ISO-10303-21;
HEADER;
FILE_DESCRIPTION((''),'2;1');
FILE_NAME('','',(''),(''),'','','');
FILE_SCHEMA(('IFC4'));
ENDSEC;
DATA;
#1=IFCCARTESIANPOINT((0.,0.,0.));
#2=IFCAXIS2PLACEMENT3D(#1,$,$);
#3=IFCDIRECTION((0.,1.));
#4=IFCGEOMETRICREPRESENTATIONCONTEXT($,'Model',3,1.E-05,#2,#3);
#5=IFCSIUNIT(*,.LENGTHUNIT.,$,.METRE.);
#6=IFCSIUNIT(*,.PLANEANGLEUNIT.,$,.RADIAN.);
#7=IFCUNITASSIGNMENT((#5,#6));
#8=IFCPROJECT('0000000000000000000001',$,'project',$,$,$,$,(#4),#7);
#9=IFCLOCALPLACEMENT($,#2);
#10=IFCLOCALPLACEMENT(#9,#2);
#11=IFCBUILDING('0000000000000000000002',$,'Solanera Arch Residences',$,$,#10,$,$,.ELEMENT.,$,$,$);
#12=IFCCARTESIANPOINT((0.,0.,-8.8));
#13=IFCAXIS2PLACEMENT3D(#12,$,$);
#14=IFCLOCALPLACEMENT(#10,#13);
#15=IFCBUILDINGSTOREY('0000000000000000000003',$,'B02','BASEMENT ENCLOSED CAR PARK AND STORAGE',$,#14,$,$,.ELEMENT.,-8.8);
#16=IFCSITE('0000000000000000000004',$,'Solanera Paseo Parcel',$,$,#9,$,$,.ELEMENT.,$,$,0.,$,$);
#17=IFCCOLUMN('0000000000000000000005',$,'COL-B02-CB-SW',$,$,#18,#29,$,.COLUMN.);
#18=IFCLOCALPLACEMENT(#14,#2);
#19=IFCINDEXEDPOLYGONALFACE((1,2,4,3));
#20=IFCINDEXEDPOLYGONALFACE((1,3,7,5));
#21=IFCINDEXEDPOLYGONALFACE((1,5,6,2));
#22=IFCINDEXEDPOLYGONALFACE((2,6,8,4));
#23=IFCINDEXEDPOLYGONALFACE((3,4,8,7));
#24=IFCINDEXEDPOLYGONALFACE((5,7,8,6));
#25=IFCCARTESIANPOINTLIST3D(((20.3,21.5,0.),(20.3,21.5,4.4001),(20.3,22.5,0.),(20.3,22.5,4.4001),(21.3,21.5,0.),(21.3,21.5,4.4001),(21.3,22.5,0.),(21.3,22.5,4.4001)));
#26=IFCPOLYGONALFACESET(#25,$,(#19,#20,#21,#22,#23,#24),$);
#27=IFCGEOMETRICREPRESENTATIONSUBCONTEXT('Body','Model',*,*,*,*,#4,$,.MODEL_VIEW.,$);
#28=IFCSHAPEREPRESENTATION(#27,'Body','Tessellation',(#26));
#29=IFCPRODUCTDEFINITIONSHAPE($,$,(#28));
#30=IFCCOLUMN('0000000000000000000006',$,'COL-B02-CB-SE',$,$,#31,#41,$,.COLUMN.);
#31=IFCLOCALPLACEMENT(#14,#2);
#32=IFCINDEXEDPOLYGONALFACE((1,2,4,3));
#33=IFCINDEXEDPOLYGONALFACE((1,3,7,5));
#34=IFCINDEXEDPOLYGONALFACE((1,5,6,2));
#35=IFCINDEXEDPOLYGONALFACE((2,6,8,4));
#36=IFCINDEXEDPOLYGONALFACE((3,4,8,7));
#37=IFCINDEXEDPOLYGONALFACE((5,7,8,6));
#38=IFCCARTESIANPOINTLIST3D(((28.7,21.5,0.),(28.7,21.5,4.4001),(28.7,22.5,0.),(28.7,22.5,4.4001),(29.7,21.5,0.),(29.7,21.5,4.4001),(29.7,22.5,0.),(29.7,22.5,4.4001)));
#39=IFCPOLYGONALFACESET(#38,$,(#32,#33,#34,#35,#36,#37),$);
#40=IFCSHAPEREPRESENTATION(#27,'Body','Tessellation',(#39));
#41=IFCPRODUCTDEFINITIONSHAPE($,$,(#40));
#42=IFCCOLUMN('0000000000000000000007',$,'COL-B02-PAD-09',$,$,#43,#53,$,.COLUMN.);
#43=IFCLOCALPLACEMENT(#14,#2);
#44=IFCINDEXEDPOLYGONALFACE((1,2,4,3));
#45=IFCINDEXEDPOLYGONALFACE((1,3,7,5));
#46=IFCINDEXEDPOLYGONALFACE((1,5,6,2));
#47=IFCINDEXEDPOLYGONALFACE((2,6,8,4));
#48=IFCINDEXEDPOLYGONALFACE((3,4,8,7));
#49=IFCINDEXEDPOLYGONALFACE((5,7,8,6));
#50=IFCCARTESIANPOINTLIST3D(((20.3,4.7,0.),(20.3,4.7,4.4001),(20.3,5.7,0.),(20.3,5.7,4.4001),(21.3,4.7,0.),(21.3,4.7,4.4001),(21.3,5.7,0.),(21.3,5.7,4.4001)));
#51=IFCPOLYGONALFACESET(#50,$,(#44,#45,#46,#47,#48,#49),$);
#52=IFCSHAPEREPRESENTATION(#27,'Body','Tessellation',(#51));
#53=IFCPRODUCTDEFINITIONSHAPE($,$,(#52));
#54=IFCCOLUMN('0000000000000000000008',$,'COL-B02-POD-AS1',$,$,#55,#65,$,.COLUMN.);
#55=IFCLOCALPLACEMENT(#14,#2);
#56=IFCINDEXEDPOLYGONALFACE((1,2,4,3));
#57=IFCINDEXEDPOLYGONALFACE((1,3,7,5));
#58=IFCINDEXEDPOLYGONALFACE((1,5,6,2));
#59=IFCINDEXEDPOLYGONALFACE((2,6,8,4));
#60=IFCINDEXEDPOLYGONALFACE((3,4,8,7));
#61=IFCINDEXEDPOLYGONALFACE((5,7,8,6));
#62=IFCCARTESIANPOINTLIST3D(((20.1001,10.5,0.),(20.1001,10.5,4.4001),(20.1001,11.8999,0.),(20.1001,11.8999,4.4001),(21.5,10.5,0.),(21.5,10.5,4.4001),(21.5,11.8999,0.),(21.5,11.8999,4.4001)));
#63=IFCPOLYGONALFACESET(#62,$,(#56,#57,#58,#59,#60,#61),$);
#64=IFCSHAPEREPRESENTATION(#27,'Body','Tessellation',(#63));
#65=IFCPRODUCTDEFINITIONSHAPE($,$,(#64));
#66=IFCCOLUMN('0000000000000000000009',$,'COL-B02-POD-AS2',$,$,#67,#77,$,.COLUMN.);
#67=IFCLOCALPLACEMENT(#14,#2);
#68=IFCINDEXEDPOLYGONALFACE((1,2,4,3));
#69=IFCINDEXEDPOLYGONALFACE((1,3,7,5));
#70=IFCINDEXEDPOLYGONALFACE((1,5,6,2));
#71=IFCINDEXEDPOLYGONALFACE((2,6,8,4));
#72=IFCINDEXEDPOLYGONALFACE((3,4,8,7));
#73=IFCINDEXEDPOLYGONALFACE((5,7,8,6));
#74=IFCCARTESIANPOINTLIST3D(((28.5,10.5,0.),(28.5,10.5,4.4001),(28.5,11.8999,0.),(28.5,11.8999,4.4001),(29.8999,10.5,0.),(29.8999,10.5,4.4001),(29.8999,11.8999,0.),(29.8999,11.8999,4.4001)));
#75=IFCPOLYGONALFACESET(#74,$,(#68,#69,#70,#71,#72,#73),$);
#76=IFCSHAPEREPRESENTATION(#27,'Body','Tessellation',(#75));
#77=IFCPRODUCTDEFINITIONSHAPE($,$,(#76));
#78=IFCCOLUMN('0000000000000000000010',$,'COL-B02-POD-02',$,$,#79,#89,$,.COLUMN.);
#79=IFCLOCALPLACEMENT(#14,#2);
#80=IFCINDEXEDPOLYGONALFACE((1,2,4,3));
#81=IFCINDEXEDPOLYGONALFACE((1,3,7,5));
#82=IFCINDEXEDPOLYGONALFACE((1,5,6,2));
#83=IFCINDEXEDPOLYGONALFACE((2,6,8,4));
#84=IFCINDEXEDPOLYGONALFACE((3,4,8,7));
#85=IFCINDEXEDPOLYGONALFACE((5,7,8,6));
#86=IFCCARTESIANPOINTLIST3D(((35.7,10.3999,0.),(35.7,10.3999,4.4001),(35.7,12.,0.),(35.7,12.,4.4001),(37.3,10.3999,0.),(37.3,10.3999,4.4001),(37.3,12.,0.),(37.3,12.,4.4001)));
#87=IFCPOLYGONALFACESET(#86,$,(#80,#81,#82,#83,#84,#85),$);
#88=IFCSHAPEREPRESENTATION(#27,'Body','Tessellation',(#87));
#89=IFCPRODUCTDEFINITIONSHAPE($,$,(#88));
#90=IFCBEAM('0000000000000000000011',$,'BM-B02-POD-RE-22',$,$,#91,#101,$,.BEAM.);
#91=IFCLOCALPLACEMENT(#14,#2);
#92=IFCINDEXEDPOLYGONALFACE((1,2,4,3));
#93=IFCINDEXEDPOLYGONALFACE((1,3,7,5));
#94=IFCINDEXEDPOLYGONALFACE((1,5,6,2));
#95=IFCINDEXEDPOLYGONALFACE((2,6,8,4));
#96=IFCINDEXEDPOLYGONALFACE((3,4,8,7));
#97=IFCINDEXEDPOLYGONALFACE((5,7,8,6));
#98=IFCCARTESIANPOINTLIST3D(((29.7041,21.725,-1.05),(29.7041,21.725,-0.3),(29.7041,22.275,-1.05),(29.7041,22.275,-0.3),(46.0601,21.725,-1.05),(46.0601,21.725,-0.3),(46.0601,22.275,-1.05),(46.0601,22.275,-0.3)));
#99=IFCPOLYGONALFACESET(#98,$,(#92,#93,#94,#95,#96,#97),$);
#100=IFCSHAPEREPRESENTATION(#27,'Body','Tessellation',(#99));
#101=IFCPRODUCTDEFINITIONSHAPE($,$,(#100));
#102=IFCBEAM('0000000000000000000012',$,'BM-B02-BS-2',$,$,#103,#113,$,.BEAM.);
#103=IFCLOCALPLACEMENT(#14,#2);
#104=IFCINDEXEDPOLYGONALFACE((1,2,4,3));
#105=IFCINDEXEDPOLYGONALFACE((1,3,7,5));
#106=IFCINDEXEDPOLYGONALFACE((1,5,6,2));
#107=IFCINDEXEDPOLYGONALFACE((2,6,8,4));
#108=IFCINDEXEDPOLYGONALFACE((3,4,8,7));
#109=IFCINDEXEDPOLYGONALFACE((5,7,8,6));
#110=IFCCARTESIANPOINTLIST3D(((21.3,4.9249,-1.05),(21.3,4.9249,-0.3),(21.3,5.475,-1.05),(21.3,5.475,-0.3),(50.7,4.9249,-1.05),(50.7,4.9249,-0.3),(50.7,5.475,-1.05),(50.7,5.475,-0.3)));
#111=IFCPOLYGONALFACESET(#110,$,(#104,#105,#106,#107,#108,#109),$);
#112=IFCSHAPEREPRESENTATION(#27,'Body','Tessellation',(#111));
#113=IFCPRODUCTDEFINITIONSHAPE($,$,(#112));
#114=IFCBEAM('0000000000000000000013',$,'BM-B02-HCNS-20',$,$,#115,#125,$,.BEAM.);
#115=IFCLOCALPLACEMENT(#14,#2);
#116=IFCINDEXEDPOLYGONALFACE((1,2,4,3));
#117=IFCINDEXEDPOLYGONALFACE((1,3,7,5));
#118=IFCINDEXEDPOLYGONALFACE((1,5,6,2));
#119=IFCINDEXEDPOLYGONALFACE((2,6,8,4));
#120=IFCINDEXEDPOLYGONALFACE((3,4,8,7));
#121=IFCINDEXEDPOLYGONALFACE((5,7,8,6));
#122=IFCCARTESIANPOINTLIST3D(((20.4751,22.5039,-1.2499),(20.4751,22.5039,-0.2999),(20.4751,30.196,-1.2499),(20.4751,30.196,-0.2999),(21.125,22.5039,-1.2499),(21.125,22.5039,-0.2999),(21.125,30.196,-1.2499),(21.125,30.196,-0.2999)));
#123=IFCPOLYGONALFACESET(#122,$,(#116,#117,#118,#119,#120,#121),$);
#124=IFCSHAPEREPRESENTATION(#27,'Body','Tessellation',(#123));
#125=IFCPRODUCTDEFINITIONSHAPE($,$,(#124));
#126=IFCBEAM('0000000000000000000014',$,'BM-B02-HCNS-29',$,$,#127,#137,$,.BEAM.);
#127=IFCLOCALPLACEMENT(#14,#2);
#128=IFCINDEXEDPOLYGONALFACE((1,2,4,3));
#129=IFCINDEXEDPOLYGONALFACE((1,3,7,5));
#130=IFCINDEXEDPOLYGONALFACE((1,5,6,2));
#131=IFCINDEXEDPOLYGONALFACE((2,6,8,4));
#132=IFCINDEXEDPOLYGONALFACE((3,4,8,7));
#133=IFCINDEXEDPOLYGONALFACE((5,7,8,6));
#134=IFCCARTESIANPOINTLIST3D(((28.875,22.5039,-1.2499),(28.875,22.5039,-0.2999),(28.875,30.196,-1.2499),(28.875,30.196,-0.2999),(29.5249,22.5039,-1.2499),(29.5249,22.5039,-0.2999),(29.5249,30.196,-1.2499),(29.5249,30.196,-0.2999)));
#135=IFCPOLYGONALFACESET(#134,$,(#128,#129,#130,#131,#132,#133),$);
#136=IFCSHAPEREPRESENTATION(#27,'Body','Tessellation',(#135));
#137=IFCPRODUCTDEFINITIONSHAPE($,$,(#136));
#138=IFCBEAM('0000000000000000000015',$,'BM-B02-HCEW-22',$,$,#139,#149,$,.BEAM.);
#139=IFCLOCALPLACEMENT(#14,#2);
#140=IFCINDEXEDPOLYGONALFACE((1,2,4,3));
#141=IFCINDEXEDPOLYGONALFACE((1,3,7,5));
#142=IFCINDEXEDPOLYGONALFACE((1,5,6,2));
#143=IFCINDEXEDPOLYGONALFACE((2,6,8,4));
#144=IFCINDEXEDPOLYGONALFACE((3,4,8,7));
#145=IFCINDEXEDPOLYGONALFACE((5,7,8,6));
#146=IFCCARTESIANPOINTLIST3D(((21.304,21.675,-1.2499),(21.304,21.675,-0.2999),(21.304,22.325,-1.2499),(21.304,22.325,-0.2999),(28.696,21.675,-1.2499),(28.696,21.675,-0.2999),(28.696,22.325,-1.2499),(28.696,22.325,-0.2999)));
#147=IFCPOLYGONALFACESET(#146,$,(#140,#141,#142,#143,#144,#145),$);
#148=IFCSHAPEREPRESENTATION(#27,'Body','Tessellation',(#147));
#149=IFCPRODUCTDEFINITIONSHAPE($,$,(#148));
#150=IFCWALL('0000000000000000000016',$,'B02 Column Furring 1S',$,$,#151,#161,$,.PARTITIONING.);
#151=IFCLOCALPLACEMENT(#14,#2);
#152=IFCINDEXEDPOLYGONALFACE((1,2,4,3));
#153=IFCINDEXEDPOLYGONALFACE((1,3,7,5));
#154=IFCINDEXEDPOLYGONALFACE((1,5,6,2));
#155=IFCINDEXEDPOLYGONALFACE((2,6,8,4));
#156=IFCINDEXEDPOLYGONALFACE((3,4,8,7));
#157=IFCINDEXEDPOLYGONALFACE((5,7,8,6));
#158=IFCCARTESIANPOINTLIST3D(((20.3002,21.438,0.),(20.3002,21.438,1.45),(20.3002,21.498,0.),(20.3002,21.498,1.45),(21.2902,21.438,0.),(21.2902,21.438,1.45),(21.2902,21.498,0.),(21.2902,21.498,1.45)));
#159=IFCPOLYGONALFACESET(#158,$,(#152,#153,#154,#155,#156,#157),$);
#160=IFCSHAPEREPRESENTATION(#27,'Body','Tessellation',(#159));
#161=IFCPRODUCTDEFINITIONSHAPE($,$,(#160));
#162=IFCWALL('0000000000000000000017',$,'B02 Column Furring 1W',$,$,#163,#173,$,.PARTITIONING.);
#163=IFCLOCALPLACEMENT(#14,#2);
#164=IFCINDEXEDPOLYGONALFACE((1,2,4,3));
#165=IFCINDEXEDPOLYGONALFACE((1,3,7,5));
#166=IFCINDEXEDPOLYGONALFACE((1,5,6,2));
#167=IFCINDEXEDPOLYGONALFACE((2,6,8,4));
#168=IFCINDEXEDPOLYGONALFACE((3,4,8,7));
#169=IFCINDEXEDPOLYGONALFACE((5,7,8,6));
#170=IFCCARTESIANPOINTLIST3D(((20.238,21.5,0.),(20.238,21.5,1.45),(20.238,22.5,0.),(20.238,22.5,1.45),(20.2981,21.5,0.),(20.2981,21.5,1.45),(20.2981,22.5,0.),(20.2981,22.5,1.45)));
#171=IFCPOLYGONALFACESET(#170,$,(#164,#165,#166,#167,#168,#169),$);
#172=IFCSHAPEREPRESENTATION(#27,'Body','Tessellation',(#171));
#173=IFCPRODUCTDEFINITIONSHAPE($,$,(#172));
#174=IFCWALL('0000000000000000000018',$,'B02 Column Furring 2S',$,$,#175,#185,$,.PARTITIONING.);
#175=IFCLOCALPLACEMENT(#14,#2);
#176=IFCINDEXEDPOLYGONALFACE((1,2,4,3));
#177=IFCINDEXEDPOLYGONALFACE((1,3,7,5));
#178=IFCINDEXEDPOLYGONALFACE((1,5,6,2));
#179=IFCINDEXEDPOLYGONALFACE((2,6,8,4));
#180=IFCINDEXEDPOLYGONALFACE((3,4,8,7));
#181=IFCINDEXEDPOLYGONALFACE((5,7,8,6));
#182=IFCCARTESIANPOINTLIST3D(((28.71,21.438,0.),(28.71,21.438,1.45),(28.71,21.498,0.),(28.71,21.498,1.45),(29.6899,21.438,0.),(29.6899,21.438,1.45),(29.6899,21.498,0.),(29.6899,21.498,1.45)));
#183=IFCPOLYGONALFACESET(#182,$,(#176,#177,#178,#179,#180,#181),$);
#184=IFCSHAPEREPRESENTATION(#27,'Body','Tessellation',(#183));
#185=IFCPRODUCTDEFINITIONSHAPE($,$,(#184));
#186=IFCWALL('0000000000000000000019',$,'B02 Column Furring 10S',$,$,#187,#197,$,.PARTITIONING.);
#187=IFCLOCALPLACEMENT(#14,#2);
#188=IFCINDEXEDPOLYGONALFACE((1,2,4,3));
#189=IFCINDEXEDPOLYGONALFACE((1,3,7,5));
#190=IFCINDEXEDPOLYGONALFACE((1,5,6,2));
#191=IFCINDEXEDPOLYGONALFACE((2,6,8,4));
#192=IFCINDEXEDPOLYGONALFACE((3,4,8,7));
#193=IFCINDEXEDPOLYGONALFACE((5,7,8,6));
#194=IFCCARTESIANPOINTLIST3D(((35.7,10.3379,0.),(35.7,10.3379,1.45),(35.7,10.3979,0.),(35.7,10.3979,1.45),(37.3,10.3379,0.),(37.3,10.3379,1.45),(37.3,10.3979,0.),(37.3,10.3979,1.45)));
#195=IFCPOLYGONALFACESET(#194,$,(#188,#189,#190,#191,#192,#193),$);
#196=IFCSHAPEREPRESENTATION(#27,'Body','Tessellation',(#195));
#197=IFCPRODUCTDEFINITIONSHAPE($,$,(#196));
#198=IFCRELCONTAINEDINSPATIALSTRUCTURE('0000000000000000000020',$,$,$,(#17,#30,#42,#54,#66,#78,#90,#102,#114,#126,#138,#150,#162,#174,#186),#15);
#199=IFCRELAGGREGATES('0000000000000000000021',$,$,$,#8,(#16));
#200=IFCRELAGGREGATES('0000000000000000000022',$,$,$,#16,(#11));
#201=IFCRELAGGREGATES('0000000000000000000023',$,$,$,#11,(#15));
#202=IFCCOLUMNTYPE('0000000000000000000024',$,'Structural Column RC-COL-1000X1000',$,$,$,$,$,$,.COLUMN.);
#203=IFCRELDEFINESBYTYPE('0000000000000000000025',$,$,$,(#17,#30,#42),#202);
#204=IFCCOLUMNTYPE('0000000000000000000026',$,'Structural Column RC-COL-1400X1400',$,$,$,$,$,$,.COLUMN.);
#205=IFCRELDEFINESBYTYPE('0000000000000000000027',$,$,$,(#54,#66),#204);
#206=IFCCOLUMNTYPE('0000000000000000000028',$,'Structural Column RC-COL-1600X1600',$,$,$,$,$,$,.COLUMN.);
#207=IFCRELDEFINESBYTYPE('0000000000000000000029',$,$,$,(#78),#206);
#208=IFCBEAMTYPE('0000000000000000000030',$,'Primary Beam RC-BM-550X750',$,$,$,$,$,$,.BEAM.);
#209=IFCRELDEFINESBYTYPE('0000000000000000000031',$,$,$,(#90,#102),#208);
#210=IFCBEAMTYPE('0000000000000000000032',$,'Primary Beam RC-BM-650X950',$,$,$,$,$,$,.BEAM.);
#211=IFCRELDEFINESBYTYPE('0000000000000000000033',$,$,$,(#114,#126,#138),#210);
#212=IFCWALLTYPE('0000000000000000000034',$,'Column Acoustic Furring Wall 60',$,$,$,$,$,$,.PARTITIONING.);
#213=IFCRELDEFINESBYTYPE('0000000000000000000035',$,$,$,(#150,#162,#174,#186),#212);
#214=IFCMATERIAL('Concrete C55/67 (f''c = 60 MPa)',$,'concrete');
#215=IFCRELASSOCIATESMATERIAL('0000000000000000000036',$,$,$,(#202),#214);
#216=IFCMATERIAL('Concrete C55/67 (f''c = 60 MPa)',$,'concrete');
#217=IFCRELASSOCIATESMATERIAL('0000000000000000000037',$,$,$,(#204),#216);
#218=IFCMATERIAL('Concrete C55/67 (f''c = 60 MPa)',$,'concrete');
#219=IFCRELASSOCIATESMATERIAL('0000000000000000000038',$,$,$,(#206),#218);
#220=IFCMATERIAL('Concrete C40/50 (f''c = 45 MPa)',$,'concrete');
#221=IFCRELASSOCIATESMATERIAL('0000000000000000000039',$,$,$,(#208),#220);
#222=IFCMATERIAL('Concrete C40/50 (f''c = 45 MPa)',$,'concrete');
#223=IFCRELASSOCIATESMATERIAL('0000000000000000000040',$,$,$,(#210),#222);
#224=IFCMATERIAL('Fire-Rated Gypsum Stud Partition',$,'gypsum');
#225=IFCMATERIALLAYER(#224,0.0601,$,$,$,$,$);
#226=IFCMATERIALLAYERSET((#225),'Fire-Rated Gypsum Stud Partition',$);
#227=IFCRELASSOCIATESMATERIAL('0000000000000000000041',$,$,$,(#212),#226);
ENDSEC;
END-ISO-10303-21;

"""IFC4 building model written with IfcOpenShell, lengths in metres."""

from ifc_helpers import new_model, si_unit, direction, frame, frame_2d, origin, origin_2d, place, context, subcontext, project, spatial, rectangle, extrude, material, layer, layer_set, material_profile, profile_set, type_object, element, save


model = new_model("IFC4")

# Units and contexts
model_context = context("Model", 3, precision=1e-05, world=origin(), true_north=direction((0.0, 1.0)))
body_context = subcontext(model_context, "Body", "Model", "MODEL_VIEW")
ifc_project = project(units=[si_unit("LENGTHUNIT", "METRE"), si_unit("PLANEANGLEUNIT", "RADIAN")], contexts=[model_context])

# Site, building, storey
site_placement = place(None, origin())
site = spatial("IfcSite", under=ifc_project, at=site_placement, Name="Solanera Paseo Parcel", CompositionType="ELEMENT", RefElevation=0.0)
building_placement = place(site_placement, origin())
building = spatial("IfcBuilding", under=site, at=building_placement, Name="Solanera Arch Residences", CompositionType="ELEMENT")
storey_placement = place(building_placement, frame((0.0, 0.0, -8.8)))
storey = spatial("IfcBuildingStorey", under=building, at=storey_placement, Name="B02", Description="BASEMENT ENCLOSED CAR PARK AND STORAGE", CompositionType="ELEMENT", Elevation=-8.8)

# Columns
ifc_material_1 = material(Name="Concrete C55/67 (f'c = 60 MPa)", Category="concrete")
ifc_material_profile_1 = material_profile(ifc_material_1, rectangle(XDim=1.0, YDim=1.0, at=origin_2d()))
ifc_profile_set_1 = profile_set([ifc_material_profile_1], Name="Concrete C55/67 (f'c = 60 MPa)")
column_type_1 = type_object("IfcColumnType", Name="Structural Column RC-COL-1000X1000", PredefinedType="COLUMN", material=ifc_profile_set_1)
for number, where, z_axis, x_axis, name in (
    (1, (20.8, 22.0, 0.0), (0.0, 0.0, 1.0), (1.0, 0.0, 0.0), "COL-B02-CB-SW"),
    (2, (29.2, 22.0, 0.0), (0.0, 0.0, 1.0), (1.0, 0.0, 0.0), "COL-B02-CB-SE"),
    (3, (20.8, 5.2, 0.0), (0.0, 0.0, 1.0), (1.0, 0.0, 0.0), "COL-B02-PAD-09"),
):
    element("IfcColumn", number, at=place(storey_placement, frame(where, z_axis=z_axis, x_axis=x_axis)), inside=storey, type_object=column_type_1, Name=name, PredefinedType="COLUMN", context=body_context, shape_type="SweptSolid", body=[
        extrude(rectangle(XDim=1.0, YDim=1.0, at=origin_2d()), origin(), (0.0, 0.0, 1.0), 4.4001),
    ])
ifc_material_2 = material(Name="Concrete C55/67 (f'c = 60 MPa)", Category="concrete")
ifc_material_profile_2 = material_profile(ifc_material_2, rectangle(XDim=1.3999, YDim=1.3999, at=origin_2d()))
ifc_profile_set_2 = profile_set([ifc_material_profile_2], Name="Concrete C55/67 (f'c = 60 MPa)")
column_type_2 = type_object("IfcColumnType", Name="Structural Column RC-COL-1400X1400", PredefinedType="COLUMN", material=ifc_profile_set_2)
for number, where, z_axis, x_axis, name in (
    (4, (20.8, 11.2, 0.0), (0.0, 0.0, 1.0), (1.0, 0.0, 0.0), "COL-B02-POD-AS1"),
    (5, (29.2, 11.2, 0.0), (0.0, 0.0, 1.0), (1.0, 0.0, 0.0), "COL-B02-POD-AS2"),
):
    element("IfcColumn", number, at=place(storey_placement, frame(where, z_axis=z_axis, x_axis=x_axis)), inside=storey, type_object=column_type_2, Name=name, PredefinedType="COLUMN", context=body_context, shape_type="SweptSolid", body=[
        extrude(rectangle(XDim=1.3999, YDim=1.3999, at=origin_2d()), origin(), (0.0, 0.0, 1.0), 4.4001),
    ])
ifc_material_3 = material(Name="Concrete C55/67 (f'c = 60 MPa)", Category="concrete")
ifc_material_profile_3 = material_profile(ifc_material_3, rectangle(XDim=1.6001, YDim=1.6001, at=origin_2d()))
ifc_profile_set_3 = profile_set([ifc_material_profile_3], Name="Concrete C55/67 (f'c = 60 MPa)")
column_type_3 = type_object("IfcColumnType", Name="Structural Column RC-COL-1600X1600", PredefinedType="COLUMN", material=ifc_profile_set_3)
column_placement = place(storey_placement, frame((36.5, 11.2, 0.0), z_axis=(0.0, 0.0, 1.0), x_axis=(1.0, 0.0, 0.0)))
element("IfcColumn", 6, at=column_placement, inside=storey, type_object=column_type_3, Name="COL-B02-POD-02", PredefinedType="COLUMN", context=body_context, shape_type="SweptSolid", body=[
    extrude(rectangle(XDim=1.6001, YDim=1.6001, at=origin_2d()), origin(), (0.0, 0.0, 1.0), 4.4001),
])

# Beams
ifc_material_4 = material(Name="Concrete C40/50 (f'c = 45 MPa)", Category="concrete")
ifc_material_profile_4 = material_profile(ifc_material_4, rectangle(XDim=0.55, YDim=0.75, at=origin_2d()))
ifc_profile_set_4 = profile_set([ifc_material_profile_4], Name="Concrete C40/50 (f'c = 45 MPa)")
beam_type_1 = type_object("IfcBeamType", Name="Primary Beam RC-BM-550X750", PredefinedType="BEAM", material=ifc_profile_set_4)
beam_1_placement = place(storey_placement, frame((29.7041, 22.0, -0.675), z_axis=(1.0, 0.0, 0.0), x_axis=(0.0, 1.0, 0.0)))
element("IfcBeam", 7, at=beam_1_placement, inside=storey, type_object=beam_type_1, Name="BM-B02-POD-RE-22", PredefinedType="BEAM", context=body_context, shape_type="SweptSolid", body=[
    extrude(rectangle(XDim=0.55, YDim=0.75, at=origin_2d()), origin(), (0.0, 0.0, 1.0), 16.356),
])
beam_2_placement = place(storey_placement, frame((21.3, 5.2, -0.675), z_axis=(1.0, 0.0, 0.0), x_axis=(0.0, 1.0, 0.0)))
element("IfcBeam", 8, at=beam_2_placement, inside=storey, type_object=beam_type_1, Name="BM-B02-BS-2", PredefinedType="BEAM", context=body_context, shape_type="SweptSolid", body=[
    extrude(rectangle(XDim=0.55, YDim=0.75, at=origin_2d()), origin(), (0.0, 0.0, 1.0), 29.3999),
])
ifc_material_5 = material(Name="Concrete C40/50 (f'c = 45 MPa)", Category="concrete")
ifc_material_profile_5 = material_profile(ifc_material_5, rectangle(XDim=0.6499, YDim=0.95, at=origin_2d()))
ifc_profile_set_5 = profile_set([ifc_material_profile_5], Name="Concrete C40/50 (f'c = 45 MPa)")
beam_type_2 = type_object("IfcBeamType", Name="Primary Beam RC-BM-650X950", PredefinedType="BEAM", material=ifc_profile_set_5)
for number, where, z_axis, x_axis, name in (
    (9, (20.8, 22.5039, -0.7749), (0.0, 1.0, 0.0), (-1.0, 0.0, 0.0), "BM-B02-HCNS-20"),
    (10, (29.2, 22.5039, -0.7749), (0.0, 1.0, 0.0), (-1.0, 0.0, 0.0), "BM-B02-HCNS-29"),
):
    element("IfcBeam", number, at=place(storey_placement, frame(where, z_axis=z_axis, x_axis=x_axis)), inside=storey, type_object=beam_type_2, Name=name, PredefinedType="BEAM", context=body_context, shape_type="SweptSolid", body=[
        extrude(rectangle(XDim=0.6499, YDim=0.95, at=origin_2d()), origin(), (0.0, 0.0, 1.0), 7.6921),
    ])
beam_3_placement = place(storey_placement, frame((21.304, 22.0, -0.7749), z_axis=(1.0, 0.0, 0.0), x_axis=(0.0, 1.0, 0.0)))
element("IfcBeam", 11, at=beam_3_placement, inside=storey, type_object=beam_type_2, Name="BM-B02-HCEW-22", PredefinedType="BEAM", context=body_context, shape_type="SweptSolid", body=[
    extrude(rectangle(XDim=0.6499, YDim=0.95, at=origin_2d()), origin(), (0.0, 0.0, 1.0), 7.3921),
])

# Walls
ifc_material_6 = material(Name="Fire-Rated Gypsum Stud Partition", Category="gypsum")
ifc_layer_1 = layer(ifc_material_6, 0.0601)
ifc_layer_set_1 = layer_set([ifc_layer_1], Name="Fire-Rated Gypsum Stud Partition")
wall_type_1 = type_object("IfcWallType", Name="Column Acoustic Furring Wall 60", PredefinedType="PARTITIONING", material=ifc_layer_set_1)
wall_1_placement = place(storey_placement, frame((20.3, 21.468, 0.0), z_axis=(0.0, 0.0, 1.0), x_axis=(1.0, 0.0, 0.0)))
element("IfcWall", 12, at=wall_1_placement, inside=storey, type_object=wall_type_1, Name="B02 Column Furring 1S", PredefinedType="PARTITIONING", context=body_context, shape_type="SweptSolid", body=[
    extrude(rectangle(XDim=0.99, YDim=0.0601, at=frame_2d((0.4951, 0.0))), origin(), (0.0, 0.0, 1.0), 1.45),
])
wall_2_placement = place(storey_placement, frame((20.2681, 21.5, 0.0), z_axis=(0.0, 0.0, 1.0), x_axis=(0.0, 1.0, 0.0)))
element("IfcWall", 13, at=wall_2_placement, inside=storey, type_object=wall_type_1, Name="B02 Column Furring 1W", PredefinedType="PARTITIONING", context=body_context, shape_type="SweptSolid", body=[
    extrude(rectangle(XDim=1.0, YDim=0.0601, at=frame_2d((0.5, 0.0))), origin(), (0.0, 0.0, 1.0), 1.45),
])
wall_3_placement = place(storey_placement, frame((28.71, 21.468, 0.0), z_axis=(0.0, 0.0, 1.0), x_axis=(1.0, 0.0, 0.0)))
element("IfcWall", 14, at=wall_3_placement, inside=storey, type_object=wall_type_1, Name="B02 Column Furring 2S", PredefinedType="PARTITIONING", context=body_context, shape_type="SweptSolid", body=[
    extrude(rectangle(XDim=0.98, YDim=0.0601, at=frame_2d((0.49, 0.0))), origin(), (0.0, 0.0, 1.0), 1.45),
])
for number, where, z_axis, x_axis, name in (
    (15, (35.7, 10.3679, 0.0), (0.0, 0.0, 1.0), (1.0, 0.0, 0.0), "B02 Column Furring 10S"),
):
    element("IfcWall", number, at=place(storey_placement, frame(where, z_axis=z_axis, x_axis=x_axis)), inside=storey, type_object=wall_type_1, Name=name, PredefinedType="PARTITIONING", context=body_context, shape_type="SweptSolid", body=[
        extrude(rectangle(XDim=1.6001, YDim=0.0601, at=frame_2d((0.8, 0.0))), origin(), (0.0, 0.0, 1.0), 1.45),
    ])

save(model, "model.ifc")
